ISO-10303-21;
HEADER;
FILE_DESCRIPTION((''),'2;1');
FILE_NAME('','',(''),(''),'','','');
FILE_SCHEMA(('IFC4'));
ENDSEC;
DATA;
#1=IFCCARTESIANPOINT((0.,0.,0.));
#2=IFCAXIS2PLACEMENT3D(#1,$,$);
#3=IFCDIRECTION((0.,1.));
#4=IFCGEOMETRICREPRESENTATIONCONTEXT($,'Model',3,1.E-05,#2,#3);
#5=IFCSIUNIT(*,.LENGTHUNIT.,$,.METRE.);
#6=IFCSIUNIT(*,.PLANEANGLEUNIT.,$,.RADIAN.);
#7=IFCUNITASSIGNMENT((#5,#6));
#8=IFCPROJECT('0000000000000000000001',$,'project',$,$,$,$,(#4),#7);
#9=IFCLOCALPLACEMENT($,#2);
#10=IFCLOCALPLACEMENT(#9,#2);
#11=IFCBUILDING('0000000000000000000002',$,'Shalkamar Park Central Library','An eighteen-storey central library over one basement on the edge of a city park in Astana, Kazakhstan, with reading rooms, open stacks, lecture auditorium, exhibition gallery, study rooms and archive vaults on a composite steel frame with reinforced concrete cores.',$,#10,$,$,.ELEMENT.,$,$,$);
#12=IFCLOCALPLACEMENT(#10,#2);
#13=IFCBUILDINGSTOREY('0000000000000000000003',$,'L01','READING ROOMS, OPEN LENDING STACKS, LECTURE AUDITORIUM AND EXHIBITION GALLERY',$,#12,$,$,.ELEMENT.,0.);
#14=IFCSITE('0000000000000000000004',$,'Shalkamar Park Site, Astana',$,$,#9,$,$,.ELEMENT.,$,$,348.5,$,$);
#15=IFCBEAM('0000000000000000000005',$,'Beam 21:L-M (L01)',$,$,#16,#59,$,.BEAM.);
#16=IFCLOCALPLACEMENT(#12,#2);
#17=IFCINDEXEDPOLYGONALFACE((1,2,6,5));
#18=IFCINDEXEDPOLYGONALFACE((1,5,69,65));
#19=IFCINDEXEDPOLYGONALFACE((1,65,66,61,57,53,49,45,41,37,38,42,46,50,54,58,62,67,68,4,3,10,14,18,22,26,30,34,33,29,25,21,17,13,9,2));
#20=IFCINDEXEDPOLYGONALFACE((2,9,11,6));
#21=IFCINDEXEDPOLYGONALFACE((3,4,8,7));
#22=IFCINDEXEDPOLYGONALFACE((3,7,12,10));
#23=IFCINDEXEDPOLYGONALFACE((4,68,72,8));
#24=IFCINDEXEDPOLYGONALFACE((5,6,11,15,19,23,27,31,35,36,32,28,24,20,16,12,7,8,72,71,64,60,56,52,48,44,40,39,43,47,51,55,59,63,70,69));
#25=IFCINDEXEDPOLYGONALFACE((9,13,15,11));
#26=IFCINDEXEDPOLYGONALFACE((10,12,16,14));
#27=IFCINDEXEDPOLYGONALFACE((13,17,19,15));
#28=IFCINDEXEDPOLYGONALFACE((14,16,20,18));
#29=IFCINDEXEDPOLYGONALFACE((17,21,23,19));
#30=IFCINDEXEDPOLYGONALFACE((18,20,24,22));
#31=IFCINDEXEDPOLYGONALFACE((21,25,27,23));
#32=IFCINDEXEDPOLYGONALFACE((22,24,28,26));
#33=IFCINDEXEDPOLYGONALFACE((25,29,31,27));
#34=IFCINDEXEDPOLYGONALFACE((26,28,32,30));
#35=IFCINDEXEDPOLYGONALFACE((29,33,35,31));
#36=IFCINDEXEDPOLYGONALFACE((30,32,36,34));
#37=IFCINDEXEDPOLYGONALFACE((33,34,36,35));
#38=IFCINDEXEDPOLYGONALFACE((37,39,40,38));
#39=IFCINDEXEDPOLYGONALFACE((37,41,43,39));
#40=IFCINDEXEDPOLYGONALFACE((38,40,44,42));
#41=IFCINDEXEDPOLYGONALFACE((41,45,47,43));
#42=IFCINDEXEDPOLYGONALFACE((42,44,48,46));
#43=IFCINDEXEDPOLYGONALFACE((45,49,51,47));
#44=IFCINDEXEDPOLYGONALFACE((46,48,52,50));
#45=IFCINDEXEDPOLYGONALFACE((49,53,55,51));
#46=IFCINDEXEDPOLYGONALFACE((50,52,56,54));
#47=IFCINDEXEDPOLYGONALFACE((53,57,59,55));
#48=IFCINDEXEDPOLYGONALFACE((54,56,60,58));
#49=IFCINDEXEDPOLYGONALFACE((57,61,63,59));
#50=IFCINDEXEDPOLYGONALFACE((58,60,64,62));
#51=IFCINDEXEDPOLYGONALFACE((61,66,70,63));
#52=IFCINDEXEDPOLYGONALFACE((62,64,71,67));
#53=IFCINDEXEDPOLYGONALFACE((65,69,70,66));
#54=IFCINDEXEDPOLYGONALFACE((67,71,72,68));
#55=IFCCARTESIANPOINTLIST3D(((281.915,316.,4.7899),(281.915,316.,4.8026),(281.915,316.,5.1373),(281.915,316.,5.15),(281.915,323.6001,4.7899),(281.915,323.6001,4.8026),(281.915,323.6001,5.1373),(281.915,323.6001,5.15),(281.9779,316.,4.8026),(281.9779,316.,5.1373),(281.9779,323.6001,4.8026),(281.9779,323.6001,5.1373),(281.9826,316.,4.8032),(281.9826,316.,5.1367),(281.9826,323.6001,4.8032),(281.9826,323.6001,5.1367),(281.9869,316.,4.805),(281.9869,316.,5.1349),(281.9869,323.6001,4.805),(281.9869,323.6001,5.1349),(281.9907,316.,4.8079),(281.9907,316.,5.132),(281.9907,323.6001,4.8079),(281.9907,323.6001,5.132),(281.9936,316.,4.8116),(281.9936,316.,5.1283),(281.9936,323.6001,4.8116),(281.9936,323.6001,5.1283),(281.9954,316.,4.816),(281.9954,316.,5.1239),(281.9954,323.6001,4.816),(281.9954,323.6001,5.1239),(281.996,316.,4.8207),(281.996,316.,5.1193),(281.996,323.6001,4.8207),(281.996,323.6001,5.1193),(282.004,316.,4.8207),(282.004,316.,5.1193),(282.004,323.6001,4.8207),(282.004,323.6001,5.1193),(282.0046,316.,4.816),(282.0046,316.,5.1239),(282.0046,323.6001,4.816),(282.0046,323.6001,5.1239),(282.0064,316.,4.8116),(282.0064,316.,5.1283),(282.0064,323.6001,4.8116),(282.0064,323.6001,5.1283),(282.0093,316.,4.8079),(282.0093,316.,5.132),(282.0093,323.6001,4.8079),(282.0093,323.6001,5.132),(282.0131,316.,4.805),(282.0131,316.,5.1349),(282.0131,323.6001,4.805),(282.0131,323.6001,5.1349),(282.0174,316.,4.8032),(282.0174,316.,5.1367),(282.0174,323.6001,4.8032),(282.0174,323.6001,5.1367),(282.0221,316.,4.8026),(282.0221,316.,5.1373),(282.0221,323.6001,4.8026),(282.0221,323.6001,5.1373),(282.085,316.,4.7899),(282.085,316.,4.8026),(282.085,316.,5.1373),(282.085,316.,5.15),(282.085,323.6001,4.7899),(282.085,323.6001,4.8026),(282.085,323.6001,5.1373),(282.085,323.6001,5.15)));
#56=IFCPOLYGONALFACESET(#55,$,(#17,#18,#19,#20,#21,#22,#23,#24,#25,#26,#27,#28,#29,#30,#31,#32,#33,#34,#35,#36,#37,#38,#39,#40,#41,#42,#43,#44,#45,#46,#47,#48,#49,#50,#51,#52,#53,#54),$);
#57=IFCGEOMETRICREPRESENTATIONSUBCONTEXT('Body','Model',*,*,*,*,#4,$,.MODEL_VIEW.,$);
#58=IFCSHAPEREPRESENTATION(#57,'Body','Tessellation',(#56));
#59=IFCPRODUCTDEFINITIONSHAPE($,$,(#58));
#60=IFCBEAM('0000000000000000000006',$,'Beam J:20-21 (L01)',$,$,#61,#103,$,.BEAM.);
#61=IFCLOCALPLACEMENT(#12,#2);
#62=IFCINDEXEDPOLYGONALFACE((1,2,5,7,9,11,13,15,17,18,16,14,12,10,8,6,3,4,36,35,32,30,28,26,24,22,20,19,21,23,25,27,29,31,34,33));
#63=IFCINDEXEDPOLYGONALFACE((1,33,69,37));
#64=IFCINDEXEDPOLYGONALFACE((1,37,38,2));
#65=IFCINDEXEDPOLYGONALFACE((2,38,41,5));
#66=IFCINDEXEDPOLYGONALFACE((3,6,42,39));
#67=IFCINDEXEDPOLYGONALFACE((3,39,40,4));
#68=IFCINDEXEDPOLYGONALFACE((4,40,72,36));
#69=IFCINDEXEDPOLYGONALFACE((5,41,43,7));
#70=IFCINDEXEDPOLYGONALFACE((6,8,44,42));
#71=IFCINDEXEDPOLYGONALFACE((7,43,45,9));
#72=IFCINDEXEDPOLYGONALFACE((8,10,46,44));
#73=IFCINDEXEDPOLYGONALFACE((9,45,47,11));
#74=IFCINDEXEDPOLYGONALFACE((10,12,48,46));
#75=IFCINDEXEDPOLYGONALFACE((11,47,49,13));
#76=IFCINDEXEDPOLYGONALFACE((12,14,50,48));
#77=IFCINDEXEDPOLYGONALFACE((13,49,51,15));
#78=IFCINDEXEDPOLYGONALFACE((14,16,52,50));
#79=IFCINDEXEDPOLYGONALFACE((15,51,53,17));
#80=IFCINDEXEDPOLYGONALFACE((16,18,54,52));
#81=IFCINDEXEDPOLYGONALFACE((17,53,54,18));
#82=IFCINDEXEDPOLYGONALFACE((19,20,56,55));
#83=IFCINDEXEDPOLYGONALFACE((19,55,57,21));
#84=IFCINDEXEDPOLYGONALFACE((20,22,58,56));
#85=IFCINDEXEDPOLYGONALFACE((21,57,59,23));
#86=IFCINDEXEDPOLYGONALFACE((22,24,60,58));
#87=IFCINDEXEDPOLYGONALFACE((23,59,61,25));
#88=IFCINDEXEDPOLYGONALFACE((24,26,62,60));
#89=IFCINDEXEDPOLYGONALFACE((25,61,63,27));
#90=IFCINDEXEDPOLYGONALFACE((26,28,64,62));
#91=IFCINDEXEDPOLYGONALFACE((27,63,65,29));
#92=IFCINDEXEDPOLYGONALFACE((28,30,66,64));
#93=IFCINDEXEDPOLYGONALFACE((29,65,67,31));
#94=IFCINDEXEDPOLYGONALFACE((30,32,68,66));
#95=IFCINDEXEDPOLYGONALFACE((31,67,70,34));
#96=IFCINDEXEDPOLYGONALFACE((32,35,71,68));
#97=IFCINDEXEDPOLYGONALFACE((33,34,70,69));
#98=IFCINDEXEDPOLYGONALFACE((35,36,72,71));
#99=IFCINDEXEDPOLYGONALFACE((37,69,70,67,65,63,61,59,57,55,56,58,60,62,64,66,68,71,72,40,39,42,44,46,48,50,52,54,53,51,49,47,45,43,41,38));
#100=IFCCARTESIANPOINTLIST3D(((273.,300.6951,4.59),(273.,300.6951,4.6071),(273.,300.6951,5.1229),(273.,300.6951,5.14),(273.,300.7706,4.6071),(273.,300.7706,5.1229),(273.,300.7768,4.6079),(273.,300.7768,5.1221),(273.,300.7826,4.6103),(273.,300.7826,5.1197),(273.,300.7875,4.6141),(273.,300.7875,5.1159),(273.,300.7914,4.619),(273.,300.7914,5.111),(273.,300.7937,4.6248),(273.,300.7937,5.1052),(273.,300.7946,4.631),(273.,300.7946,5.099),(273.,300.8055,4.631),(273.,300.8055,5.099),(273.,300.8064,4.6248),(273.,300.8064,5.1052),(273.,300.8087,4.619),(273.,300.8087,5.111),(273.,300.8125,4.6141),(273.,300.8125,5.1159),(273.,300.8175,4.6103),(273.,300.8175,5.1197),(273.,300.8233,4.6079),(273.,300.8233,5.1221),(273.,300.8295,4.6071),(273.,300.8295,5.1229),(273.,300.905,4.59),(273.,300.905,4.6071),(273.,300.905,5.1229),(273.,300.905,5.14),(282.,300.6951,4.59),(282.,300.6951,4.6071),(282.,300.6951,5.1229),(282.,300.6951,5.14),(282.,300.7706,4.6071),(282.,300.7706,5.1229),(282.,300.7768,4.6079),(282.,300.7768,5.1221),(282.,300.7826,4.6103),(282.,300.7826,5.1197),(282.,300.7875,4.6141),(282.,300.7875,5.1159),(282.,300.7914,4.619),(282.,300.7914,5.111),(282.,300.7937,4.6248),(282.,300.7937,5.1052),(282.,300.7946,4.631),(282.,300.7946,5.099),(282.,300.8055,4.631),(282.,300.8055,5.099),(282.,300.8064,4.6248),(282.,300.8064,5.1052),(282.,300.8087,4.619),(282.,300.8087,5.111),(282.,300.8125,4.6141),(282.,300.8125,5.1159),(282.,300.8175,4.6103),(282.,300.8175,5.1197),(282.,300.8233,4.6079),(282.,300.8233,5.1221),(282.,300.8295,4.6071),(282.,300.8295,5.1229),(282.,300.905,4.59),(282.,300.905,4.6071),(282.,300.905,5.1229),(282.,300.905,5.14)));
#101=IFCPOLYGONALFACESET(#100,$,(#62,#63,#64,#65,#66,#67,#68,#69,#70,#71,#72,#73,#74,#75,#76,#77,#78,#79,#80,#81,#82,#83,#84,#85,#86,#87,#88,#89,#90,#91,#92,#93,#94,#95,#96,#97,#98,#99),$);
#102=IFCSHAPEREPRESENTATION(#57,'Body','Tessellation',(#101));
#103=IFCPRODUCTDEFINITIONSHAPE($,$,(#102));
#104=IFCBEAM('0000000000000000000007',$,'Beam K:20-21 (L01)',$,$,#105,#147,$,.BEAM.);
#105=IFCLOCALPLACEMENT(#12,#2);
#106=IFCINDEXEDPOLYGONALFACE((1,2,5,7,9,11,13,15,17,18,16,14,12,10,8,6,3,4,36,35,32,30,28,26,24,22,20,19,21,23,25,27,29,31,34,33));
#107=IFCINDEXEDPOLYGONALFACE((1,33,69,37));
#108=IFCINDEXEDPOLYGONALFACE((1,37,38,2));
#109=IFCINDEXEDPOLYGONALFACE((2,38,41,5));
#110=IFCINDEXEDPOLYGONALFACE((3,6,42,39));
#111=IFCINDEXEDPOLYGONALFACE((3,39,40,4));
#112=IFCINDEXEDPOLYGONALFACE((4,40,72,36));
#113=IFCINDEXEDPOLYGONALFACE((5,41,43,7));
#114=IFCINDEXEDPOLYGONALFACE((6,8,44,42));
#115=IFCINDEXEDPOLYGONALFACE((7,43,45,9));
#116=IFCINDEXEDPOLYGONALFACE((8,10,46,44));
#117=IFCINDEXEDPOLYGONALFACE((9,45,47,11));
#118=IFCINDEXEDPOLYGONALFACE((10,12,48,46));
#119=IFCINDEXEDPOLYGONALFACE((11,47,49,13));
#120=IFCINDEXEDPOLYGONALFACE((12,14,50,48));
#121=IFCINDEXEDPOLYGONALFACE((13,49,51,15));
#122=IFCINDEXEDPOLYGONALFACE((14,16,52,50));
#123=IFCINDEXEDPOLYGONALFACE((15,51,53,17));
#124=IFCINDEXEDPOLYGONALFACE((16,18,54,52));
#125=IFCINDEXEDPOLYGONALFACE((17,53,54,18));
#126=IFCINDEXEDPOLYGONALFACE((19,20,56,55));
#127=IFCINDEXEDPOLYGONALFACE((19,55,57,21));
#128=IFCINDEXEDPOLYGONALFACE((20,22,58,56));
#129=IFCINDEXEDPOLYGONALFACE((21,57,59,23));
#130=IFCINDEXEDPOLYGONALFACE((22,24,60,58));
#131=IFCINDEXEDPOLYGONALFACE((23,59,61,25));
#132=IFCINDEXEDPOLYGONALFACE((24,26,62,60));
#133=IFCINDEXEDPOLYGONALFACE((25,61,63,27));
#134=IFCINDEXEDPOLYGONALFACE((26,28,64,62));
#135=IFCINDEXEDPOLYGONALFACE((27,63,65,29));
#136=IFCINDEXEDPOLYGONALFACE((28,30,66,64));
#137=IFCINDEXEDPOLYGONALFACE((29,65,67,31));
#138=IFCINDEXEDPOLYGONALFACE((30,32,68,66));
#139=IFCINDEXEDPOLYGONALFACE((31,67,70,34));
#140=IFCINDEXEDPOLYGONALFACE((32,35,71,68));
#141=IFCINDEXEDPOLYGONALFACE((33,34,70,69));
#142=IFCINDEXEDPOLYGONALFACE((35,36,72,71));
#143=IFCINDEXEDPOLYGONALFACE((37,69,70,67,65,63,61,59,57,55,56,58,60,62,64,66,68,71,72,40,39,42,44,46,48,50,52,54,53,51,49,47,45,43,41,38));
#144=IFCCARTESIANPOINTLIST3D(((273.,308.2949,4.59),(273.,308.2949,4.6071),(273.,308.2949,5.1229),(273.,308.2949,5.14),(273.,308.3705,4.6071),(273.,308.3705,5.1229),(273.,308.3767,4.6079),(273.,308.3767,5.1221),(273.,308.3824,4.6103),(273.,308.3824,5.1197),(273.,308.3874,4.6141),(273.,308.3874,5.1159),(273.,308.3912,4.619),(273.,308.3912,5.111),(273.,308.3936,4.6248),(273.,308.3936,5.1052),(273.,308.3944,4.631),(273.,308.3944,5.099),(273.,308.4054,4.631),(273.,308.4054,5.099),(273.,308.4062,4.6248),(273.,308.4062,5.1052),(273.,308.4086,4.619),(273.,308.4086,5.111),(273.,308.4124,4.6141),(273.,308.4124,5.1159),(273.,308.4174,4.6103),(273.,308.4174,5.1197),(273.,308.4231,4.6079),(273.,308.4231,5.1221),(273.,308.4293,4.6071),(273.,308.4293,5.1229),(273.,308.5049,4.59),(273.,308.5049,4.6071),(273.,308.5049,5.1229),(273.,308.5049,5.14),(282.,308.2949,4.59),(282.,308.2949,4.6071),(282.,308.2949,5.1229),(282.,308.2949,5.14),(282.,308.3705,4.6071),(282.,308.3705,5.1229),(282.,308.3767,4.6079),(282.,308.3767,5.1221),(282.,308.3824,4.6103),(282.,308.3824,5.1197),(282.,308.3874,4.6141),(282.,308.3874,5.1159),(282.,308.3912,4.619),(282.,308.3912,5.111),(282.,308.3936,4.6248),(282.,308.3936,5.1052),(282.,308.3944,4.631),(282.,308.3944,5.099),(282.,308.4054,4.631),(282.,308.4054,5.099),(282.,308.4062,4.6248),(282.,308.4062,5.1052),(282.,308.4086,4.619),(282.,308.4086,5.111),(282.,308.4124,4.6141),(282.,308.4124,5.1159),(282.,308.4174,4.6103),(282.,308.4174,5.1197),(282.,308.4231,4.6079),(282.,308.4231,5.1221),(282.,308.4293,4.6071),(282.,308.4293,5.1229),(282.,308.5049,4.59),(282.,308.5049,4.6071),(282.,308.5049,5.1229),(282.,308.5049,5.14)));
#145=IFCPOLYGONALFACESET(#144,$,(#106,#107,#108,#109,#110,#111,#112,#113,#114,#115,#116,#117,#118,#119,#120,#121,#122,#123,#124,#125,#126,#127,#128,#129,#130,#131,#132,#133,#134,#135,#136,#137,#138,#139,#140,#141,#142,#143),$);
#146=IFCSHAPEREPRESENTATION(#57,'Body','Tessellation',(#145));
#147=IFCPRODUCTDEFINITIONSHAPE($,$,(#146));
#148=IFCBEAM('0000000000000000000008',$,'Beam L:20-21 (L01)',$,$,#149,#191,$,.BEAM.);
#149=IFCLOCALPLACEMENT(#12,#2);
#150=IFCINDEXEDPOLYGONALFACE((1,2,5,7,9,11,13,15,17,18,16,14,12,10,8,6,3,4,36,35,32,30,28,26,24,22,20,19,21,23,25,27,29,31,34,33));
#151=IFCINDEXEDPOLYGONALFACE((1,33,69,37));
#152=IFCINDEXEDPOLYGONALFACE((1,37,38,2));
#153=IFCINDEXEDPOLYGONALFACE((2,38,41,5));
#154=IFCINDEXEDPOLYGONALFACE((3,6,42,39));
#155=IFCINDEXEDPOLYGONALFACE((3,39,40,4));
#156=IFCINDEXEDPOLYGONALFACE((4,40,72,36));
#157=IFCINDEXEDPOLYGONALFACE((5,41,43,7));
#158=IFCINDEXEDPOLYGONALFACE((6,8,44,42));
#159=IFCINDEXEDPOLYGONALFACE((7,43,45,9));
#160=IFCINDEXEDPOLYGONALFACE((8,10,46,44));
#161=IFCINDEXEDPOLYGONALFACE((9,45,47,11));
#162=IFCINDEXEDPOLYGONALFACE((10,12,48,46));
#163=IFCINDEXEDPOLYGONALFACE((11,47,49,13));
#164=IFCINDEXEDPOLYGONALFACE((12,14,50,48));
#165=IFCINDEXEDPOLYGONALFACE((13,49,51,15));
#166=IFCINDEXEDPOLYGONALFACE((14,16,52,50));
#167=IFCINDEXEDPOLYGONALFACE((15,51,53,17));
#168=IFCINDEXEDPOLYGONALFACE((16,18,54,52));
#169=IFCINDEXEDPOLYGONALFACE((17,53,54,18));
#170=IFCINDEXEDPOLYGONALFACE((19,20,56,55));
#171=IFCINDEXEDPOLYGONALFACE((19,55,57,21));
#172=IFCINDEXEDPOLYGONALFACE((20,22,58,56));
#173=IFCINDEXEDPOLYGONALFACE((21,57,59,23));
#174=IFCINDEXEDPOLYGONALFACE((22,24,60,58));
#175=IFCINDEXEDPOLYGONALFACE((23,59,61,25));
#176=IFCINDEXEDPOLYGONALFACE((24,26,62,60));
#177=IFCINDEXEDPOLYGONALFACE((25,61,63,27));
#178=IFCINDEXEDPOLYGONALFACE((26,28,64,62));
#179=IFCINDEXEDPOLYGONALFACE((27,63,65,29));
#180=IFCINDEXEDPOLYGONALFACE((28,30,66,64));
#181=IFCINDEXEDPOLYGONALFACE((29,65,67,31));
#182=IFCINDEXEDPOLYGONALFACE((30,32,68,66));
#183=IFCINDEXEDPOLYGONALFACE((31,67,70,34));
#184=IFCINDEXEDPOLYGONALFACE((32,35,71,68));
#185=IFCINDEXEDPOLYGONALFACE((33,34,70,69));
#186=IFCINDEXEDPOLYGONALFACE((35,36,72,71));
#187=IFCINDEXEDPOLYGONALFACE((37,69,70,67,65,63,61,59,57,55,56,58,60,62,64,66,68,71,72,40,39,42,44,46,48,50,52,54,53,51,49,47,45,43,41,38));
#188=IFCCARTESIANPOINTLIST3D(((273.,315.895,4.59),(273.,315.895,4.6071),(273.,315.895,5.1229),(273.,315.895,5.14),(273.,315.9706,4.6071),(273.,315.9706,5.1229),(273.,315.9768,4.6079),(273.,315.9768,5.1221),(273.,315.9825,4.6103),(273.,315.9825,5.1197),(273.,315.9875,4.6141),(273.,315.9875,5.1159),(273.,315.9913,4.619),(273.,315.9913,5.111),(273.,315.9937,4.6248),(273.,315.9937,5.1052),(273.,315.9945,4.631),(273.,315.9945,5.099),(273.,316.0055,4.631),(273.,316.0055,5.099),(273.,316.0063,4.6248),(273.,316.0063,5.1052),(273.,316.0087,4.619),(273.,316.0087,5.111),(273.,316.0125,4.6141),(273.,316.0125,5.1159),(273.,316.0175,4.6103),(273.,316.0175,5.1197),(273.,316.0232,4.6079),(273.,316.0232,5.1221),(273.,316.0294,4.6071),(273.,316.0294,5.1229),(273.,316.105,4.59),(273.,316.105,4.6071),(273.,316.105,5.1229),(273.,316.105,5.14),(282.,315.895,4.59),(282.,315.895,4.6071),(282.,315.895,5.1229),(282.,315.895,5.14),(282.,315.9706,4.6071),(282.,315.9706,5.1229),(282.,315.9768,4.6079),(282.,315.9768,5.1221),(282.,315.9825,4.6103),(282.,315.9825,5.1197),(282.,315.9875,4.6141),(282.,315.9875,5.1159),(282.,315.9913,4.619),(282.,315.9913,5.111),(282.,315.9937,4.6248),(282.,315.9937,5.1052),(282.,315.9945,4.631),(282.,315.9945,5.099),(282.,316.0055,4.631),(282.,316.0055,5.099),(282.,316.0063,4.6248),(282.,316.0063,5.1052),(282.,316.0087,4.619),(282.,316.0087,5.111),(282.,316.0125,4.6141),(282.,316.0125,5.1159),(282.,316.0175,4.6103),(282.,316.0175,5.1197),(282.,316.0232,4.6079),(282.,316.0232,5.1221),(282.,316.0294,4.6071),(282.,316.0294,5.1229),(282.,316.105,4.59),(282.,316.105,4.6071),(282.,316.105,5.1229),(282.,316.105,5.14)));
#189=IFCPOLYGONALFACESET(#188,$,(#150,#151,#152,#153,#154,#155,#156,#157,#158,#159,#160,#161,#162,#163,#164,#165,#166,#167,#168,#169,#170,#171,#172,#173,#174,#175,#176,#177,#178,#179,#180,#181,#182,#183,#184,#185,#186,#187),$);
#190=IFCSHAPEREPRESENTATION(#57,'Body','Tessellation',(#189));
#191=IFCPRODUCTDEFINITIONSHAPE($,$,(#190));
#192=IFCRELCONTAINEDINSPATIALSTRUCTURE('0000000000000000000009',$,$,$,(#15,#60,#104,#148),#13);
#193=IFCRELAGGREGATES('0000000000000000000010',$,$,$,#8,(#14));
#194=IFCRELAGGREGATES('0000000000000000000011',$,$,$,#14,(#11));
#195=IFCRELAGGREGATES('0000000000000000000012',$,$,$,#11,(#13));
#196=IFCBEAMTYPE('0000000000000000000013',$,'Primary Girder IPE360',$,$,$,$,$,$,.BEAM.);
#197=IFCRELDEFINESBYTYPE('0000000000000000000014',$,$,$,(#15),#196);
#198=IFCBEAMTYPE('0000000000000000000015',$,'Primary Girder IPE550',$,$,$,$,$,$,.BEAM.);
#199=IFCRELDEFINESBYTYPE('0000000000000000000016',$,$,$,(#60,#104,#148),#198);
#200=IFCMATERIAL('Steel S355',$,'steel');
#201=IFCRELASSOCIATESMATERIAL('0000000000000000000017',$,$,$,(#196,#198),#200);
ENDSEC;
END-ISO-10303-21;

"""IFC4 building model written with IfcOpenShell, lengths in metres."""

from ifc_helpers import new_model, si_unit, direction, frame, origin, origin_2d, place, context, subcontext, project, spatial, i_section, extrude, material, material_profile, profile_set, type_object, element, save


model = new_model("IFC4")

# Units and contexts
model_context = context("Model", 3, precision=1e-05, world=origin(), true_north=direction((0.0, 1.0)))
body_context = subcontext(model_context, "Body", "Model", "MODEL_VIEW")
ifc_project = project(units=[si_unit("LENGTHUNIT", "METRE"), si_unit("PLANEANGLEUNIT", "RADIAN")], contexts=[model_context])

# Site, building, storey
site_placement = place(None, origin())
site = spatial("IfcSite", under=ifc_project, at=site_placement, Name="Shalkamar Park Site, Astana", CompositionType="ELEMENT", RefElevation=348.5)
building_placement = place(site_placement, origin())
building = spatial("IfcBuilding", under=site, at=building_placement, Name="Shalkamar Park Central Library", Description="An eighteen-storey central library over one basement on the edge of a city park in Astana, Kazakhstan, with reading rooms, open stacks, lecture auditorium, exhibition gallery, study rooms and archive vaults on a composite steel frame with reinforced concrete cores.", CompositionType="ELEMENT")
storey_placement = place(building_placement, origin())
storey = spatial("IfcBuildingStorey", under=building, at=storey_placement, Name="L01", Description="READING ROOMS, OPEN LENDING STACKS, LECTURE AUDITORIUM AND EXHIBITION GALLERY", CompositionType="ELEMENT", Elevation=0.0)

# Shared definitions
ifc_material_1 = material(Name="Steel S355", Category="steel")

# Beams
ifc_material_profile_1 = material_profile(ifc_material_1, i_section(OverallWidth=0.1699, OverallDepth=0.3601, WebThickness=0.0081, FlangeThickness=0.0127, FilletRadius=0.0181, at=origin_2d()), Name="IPE 360")
ifc_profile_set_1 = profile_set([ifc_material_profile_1], Name="Steel S355")
beam_type_1 = type_object("IfcBeamType", Name="Primary Girder IPE360", PredefinedType="BEAM", material=ifc_profile_set_1)
for number, where, z_axis, x_axis, name in (
    (1, (282.0, 316.0, 4.97), (0.0, 1.0, 0.0), (-1.0, 0.0, 0.0), "Beam 21:L-M (L01)"),
):
    element("IfcBeam", number, at=place(storey_placement, frame(where, z_axis=z_axis, x_axis=x_axis)), inside=storey, type_object=beam_type_1, Name=name, PredefinedType="BEAM", context=body_context, shape_type="SweptSolid", body=[
        extrude(i_section(OverallWidth=0.1699, OverallDepth=0.3601, WebThickness=0.0081, FlangeThickness=0.0127, FilletRadius=0.0181, at=origin_2d()), origin(), (0.0, 0.0, 1.0), 7.6001),
    ])
ifc_material_profile_2 = material_profile(ifc_material_1, i_section(OverallWidth=0.21, OverallDepth=0.55, WebThickness=0.011, FlangeThickness=0.0171, FilletRadius=0.0239, at=origin_2d()), Name="IPE 550")
ifc_profile_set_2 = profile_set([ifc_material_profile_2], Name="Steel S355")
beam_type_2 = type_object("IfcBeamType", Name="Primary Girder IPE550", PredefinedType="BEAM", material=ifc_profile_set_2)
for number, where, z_axis, x_axis, name in (
    (2, (273.0, 300.8, 4.865), (1.0, 0.0, 0.0), (0.0, 1.0, 0.0), "Beam J:20-21 (L01)"),
    (3, (273.0, 308.3999, 4.865), (1.0, 0.0, 0.0), (0.0, 1.0, 0.0), "Beam K:20-21 (L01)"),
    (4, (273.0, 316.0, 4.865), (1.0, 0.0, 0.0), (0.0, 1.0, 0.0), "Beam L:20-21 (L01)"),
):
    element("IfcBeam", number, at=place(storey_placement, frame(where, z_axis=z_axis, x_axis=x_axis)), inside=storey, type_object=beam_type_2, Name=name, PredefinedType="BEAM", context=body_context, shape_type="SweptSolid", body=[
        extrude(i_section(OverallWidth=0.21, OverallDepth=0.55, WebThickness=0.011, FlangeThickness=0.0171, FilletRadius=0.0239, at=origin_2d()), origin(), (0.0, 0.0, 1.0), 9.0),
    ])

save(model, "model.ifc")
